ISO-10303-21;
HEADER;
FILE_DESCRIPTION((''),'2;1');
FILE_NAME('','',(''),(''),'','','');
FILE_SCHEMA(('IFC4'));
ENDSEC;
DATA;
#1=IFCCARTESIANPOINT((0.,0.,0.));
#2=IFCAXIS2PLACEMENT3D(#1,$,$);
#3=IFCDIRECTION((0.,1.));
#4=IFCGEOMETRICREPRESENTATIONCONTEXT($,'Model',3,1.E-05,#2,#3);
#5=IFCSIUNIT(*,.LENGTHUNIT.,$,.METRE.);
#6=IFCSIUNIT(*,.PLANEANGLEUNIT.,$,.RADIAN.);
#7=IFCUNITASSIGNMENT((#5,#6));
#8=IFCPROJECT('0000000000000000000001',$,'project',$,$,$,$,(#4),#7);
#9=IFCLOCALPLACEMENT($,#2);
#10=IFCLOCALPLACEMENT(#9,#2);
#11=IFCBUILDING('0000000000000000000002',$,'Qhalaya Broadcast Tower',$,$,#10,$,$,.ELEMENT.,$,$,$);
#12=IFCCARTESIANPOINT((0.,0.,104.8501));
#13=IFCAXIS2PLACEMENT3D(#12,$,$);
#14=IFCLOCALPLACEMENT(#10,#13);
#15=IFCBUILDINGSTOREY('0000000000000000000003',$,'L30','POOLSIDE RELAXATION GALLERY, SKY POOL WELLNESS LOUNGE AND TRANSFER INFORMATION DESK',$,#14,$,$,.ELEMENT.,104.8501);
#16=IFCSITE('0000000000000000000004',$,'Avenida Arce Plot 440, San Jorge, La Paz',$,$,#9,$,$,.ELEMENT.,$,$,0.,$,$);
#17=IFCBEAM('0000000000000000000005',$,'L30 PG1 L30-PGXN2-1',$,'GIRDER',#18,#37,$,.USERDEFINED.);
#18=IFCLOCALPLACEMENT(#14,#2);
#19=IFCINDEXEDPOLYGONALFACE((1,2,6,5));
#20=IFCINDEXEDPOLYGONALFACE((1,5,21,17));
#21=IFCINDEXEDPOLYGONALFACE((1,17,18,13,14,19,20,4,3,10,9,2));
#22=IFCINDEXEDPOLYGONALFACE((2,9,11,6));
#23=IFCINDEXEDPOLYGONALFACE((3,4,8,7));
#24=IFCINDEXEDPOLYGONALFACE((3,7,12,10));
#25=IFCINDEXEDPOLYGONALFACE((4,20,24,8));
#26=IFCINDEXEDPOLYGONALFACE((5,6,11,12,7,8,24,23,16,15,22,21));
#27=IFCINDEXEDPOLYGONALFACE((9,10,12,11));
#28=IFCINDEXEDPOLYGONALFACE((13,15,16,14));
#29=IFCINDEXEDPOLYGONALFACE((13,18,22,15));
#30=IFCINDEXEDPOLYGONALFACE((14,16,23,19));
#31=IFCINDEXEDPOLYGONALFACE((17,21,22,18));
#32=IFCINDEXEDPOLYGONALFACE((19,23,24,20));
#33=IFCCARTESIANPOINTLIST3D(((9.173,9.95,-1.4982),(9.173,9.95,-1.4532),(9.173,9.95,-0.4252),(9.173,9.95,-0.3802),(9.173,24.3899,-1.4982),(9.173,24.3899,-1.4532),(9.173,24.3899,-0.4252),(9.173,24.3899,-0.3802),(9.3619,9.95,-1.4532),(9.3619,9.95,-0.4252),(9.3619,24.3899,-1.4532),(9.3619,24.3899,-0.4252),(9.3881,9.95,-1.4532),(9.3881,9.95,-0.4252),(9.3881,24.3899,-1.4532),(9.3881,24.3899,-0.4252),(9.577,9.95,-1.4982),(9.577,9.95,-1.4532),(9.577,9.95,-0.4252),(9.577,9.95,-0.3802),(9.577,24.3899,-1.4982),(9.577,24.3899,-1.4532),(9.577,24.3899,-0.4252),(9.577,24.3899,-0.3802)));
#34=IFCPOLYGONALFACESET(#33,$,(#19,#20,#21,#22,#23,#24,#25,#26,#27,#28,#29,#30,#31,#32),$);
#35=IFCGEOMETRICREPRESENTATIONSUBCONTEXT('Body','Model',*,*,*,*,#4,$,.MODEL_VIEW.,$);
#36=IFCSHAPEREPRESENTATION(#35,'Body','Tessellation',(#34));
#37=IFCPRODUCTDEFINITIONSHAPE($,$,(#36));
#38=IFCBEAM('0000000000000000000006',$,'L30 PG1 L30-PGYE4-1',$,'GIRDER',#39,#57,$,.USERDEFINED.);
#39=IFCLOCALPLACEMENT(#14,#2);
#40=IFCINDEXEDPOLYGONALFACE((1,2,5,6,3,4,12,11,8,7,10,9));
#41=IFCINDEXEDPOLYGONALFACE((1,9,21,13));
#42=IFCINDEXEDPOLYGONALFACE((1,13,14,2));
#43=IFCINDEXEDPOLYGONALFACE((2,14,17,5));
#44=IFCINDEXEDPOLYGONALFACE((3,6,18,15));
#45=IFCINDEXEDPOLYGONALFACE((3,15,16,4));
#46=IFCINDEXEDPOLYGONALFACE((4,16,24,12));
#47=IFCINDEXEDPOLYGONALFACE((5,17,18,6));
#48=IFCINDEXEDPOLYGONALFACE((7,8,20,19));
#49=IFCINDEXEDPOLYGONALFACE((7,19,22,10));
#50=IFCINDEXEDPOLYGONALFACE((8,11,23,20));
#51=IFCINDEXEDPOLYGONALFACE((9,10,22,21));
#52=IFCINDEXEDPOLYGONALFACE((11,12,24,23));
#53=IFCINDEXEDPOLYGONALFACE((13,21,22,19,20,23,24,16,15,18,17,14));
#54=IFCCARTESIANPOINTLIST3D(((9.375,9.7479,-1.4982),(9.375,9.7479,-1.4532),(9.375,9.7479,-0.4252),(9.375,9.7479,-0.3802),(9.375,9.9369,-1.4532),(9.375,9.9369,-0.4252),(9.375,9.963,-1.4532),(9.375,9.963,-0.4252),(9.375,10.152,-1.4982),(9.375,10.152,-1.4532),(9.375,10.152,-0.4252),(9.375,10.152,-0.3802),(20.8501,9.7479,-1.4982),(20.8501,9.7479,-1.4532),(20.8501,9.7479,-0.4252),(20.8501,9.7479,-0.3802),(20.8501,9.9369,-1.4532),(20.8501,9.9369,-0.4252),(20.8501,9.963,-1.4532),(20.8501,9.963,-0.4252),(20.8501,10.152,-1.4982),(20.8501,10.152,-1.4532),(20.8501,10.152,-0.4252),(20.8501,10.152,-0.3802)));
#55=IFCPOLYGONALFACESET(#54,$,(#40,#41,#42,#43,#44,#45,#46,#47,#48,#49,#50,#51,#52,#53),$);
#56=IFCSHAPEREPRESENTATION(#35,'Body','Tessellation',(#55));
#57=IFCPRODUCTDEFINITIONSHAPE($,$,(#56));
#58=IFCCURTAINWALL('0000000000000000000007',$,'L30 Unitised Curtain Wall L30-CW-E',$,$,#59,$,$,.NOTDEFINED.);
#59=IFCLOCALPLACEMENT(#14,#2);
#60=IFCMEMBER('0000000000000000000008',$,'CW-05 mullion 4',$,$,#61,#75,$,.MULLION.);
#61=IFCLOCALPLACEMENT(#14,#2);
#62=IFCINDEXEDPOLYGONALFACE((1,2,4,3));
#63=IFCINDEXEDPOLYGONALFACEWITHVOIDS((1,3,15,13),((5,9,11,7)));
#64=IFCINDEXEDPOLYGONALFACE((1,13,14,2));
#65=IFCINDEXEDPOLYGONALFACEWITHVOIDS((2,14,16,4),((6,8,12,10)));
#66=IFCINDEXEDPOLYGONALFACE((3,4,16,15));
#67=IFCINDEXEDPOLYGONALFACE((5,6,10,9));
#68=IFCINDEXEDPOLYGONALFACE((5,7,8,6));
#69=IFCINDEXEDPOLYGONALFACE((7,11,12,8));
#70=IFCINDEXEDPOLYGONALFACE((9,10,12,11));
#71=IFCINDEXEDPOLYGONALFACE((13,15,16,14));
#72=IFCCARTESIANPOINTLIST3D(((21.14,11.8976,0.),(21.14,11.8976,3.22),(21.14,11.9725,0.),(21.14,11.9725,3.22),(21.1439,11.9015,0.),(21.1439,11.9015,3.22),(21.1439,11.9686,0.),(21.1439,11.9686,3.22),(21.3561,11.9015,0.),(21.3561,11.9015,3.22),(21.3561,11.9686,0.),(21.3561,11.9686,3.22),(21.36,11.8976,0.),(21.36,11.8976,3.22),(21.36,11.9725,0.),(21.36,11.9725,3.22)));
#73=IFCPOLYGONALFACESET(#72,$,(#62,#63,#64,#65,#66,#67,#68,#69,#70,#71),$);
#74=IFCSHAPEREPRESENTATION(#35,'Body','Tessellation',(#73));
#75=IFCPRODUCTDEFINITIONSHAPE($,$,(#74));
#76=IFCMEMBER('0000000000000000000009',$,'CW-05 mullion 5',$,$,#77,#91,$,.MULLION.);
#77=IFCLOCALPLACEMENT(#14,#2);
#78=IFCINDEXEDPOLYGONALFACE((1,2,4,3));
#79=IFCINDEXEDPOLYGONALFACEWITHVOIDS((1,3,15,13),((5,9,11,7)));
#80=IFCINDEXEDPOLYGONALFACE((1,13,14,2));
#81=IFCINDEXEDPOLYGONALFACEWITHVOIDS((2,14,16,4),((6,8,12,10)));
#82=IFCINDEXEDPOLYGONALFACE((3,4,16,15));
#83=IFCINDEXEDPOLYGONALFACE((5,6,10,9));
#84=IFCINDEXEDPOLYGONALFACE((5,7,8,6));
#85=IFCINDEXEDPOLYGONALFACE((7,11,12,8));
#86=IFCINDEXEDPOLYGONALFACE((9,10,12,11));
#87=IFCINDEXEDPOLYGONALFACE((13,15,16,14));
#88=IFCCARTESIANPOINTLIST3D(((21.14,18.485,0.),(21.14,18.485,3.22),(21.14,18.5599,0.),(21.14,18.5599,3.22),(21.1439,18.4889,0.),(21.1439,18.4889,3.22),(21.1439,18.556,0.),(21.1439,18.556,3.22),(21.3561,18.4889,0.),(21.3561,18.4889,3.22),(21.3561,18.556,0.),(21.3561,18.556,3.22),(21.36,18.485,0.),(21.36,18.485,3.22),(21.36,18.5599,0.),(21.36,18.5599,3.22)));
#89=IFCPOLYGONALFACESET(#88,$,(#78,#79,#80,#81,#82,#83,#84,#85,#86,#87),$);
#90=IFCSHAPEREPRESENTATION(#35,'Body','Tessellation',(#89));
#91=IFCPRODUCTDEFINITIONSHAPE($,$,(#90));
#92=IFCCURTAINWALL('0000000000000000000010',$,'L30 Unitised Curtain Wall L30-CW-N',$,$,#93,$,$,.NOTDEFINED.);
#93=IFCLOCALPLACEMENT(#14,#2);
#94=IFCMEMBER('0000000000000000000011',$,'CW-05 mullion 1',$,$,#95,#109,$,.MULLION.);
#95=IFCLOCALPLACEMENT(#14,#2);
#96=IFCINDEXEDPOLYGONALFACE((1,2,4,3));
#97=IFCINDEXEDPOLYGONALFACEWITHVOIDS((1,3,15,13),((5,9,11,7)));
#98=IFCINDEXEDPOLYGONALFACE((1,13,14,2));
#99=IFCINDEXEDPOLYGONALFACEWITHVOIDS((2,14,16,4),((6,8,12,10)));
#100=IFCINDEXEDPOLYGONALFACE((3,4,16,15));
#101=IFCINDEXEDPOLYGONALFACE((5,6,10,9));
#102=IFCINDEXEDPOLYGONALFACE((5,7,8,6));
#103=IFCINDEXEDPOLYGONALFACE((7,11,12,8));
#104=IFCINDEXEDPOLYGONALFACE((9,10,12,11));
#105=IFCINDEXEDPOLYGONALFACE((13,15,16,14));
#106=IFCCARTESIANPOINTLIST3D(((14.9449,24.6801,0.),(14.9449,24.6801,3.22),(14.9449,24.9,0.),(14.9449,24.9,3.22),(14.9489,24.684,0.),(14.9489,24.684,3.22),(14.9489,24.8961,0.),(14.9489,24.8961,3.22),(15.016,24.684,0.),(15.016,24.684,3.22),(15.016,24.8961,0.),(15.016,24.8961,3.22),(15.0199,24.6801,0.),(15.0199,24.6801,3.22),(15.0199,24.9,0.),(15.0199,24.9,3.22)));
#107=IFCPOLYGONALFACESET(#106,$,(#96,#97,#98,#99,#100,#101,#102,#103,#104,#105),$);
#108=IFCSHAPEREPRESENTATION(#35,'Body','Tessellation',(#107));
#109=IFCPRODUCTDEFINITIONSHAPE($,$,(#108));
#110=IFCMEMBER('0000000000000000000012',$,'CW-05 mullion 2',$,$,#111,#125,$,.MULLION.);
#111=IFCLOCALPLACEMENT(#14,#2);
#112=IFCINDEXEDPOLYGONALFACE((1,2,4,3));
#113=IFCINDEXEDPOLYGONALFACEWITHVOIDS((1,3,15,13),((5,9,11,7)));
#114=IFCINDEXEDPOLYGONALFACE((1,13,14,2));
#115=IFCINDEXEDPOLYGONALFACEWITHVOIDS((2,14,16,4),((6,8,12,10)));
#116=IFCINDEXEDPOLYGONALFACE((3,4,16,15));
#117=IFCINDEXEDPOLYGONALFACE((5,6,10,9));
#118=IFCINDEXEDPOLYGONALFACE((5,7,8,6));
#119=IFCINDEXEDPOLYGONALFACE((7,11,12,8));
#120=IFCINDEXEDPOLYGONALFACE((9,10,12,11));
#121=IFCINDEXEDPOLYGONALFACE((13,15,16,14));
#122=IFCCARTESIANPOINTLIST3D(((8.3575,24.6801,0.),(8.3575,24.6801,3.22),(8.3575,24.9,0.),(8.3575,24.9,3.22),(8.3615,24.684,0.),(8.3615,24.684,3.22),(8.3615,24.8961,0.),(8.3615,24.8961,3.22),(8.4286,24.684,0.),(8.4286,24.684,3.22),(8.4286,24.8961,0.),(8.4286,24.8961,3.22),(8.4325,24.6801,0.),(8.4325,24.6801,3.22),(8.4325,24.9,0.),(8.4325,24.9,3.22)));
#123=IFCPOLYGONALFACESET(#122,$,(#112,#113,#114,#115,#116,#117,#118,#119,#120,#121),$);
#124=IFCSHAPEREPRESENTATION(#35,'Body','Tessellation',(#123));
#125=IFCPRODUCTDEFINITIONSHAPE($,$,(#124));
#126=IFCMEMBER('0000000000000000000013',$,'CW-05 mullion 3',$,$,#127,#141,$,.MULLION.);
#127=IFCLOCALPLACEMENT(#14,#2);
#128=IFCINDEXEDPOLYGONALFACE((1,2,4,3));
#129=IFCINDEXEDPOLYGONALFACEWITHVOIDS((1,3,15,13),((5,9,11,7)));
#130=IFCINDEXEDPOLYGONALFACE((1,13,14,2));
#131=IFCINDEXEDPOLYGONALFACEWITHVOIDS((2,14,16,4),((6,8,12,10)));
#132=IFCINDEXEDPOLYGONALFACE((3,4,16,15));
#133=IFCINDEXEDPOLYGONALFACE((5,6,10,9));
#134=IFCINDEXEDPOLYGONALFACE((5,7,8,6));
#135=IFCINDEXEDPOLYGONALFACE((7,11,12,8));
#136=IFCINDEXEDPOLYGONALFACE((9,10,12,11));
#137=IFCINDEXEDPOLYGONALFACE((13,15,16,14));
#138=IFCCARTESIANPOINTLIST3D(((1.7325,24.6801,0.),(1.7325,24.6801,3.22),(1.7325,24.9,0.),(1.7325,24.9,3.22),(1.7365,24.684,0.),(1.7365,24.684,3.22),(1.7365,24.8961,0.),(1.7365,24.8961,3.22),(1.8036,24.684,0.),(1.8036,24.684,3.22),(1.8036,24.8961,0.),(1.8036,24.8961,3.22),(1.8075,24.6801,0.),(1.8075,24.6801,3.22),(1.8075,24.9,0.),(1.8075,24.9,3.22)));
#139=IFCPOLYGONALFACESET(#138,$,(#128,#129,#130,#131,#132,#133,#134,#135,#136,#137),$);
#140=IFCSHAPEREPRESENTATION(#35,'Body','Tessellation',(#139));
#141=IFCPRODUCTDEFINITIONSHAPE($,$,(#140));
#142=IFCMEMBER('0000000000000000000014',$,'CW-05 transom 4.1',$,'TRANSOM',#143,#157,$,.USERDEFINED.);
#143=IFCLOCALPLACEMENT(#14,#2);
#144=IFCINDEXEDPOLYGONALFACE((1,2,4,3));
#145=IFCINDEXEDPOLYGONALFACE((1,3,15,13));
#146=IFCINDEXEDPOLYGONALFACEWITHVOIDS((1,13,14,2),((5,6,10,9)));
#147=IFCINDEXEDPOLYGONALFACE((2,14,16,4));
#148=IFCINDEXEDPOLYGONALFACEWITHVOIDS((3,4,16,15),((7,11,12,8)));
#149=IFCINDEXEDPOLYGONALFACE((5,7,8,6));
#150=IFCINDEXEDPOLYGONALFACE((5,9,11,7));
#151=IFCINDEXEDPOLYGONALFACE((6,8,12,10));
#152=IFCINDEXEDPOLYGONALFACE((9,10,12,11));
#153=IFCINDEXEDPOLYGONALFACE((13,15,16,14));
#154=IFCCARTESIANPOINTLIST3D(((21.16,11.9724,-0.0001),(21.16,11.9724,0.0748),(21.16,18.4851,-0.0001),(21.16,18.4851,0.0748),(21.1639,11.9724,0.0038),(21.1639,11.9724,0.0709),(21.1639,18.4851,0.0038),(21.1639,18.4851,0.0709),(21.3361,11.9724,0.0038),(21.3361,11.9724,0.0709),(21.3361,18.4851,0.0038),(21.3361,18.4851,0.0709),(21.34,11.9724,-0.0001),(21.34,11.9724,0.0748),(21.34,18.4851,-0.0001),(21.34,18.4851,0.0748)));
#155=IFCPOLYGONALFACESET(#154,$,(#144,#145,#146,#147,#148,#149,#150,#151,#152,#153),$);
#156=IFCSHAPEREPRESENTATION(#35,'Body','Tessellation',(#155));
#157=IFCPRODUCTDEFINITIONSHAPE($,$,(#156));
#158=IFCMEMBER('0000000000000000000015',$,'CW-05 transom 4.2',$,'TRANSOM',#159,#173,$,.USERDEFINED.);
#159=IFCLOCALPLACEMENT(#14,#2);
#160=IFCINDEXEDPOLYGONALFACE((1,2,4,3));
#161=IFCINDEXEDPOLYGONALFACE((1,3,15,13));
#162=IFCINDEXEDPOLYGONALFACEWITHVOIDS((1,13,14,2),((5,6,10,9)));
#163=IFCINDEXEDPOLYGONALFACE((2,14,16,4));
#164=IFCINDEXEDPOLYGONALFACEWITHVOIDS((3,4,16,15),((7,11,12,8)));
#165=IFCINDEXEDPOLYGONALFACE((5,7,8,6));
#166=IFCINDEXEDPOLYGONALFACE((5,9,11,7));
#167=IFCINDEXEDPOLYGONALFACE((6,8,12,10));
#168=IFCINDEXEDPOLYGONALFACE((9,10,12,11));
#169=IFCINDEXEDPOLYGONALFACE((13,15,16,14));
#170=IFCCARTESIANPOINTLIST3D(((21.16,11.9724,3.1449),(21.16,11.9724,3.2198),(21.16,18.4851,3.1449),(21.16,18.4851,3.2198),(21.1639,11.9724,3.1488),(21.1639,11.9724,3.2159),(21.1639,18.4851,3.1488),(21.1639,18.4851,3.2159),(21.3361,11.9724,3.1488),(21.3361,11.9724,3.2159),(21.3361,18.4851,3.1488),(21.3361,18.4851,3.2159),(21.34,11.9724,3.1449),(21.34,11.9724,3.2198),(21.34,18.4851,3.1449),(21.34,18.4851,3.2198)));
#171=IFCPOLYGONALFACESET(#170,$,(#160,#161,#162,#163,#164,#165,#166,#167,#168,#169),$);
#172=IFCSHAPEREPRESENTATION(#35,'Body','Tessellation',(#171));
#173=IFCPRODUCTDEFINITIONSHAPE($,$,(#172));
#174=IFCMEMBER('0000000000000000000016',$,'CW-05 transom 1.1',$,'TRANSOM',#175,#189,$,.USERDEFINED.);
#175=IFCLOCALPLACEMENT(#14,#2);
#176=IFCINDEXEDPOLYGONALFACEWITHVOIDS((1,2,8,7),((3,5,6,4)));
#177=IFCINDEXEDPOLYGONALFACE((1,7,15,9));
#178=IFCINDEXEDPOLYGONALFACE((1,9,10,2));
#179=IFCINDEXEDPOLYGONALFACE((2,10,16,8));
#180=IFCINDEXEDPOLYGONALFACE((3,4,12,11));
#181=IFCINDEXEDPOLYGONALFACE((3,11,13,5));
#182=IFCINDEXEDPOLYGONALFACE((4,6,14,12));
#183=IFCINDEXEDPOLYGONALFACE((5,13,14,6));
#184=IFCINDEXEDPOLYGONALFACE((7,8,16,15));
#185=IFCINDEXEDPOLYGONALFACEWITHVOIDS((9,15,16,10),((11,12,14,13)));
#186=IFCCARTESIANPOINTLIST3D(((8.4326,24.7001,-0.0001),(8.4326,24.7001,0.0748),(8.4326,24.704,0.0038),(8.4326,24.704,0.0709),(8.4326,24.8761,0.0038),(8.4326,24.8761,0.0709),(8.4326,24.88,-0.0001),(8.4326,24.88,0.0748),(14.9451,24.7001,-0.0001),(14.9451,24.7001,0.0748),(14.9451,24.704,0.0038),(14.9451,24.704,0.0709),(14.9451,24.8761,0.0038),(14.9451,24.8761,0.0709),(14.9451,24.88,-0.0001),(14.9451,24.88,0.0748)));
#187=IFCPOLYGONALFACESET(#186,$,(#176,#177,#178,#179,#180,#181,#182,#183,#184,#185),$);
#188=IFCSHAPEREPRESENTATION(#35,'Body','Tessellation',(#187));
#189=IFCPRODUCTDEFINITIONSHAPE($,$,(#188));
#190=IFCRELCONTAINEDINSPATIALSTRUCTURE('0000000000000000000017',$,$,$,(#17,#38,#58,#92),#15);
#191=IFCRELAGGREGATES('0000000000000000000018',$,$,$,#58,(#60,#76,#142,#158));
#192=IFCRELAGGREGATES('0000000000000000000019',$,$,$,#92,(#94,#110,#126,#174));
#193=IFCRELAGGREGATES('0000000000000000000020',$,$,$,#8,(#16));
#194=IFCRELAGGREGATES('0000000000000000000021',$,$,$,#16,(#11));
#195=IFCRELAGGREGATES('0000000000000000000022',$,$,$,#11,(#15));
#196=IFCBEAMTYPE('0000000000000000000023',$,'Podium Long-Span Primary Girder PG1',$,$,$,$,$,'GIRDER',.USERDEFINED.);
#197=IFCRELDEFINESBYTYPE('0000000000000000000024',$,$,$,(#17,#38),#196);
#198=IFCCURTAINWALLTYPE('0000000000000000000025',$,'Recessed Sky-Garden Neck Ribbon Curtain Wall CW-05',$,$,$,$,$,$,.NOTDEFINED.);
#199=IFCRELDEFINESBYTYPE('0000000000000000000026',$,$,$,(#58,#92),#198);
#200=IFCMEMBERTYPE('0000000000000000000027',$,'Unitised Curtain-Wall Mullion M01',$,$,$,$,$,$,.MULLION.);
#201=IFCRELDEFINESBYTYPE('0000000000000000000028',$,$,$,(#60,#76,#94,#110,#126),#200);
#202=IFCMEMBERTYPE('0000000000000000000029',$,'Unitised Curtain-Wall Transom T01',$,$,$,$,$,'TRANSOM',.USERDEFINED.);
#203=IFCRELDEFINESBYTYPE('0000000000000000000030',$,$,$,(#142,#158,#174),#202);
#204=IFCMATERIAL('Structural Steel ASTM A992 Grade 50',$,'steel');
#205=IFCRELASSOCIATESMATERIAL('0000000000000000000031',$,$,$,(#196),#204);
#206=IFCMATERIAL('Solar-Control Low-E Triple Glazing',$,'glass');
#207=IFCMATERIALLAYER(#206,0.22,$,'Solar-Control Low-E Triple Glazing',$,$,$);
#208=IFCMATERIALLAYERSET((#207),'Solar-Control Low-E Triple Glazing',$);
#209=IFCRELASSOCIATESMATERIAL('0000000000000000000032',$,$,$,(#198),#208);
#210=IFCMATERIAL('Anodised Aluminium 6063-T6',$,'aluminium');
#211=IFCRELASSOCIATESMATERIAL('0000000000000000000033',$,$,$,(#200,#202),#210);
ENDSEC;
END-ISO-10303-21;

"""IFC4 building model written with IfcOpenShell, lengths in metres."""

from ifc_helpers import new_model, si_unit, direction, frame, origin, origin_2d, place, context, subcontext, project, spatial, hollow_rectangle, i_section, extrude, material, layer, layer_set, material_profile, profile_set, type_object, element, aggregate, save


model = new_model("IFC4")

# Units and contexts
model_context = context("Model", 3, precision=1e-05, world=origin(), true_north=direction((0.0, 1.0)))
body_context = subcontext(model_context, "Body", "Model", "MODEL_VIEW")
ifc_project = project(units=[si_unit("LENGTHUNIT", "METRE"), si_unit("PLANEANGLEUNIT", "RADIAN")], contexts=[model_context])

# Site, building, storey
site_placement = place(None, origin())
site = spatial("IfcSite", under=ifc_project, at=site_placement, Name="Avenida Arce Plot 440, San Jorge, La Paz", CompositionType="ELEMENT", RefElevation=0.0)
building_placement = place(site_placement, origin())
building = spatial("IfcBuilding", under=site, at=building_placement, Name="Qhalaya Broadcast Tower", CompositionType="ELEMENT")
storey_placement = place(building_placement, frame((0.0, 0.0, 104.8501)))
storey = spatial("IfcBuildingStorey", under=building, at=storey_placement, Name="L30", Description="POOLSIDE RELAXATION GALLERY, SKY POOL WELLNESS LOUNGE AND TRANSFER INFORMATION DESK", CompositionType="ELEMENT", Elevation=104.8501)

# Beams
ifc_material_1 = material(Name="Structural Steel ASTM A992 Grade 50", Category="steel")
ifc_material_profile_1 = material_profile(ifc_material_1, i_section(OverallWidth=0.4041, OverallDepth=1.1179, WebThickness=0.0261, FlangeThickness=0.0449, at=origin_2d()), Name="W44X335")
ifc_profile_set_1 = profile_set([ifc_material_profile_1], Name="Structural Steel ASTM A992 Grade 50")
beam_type_1 = type_object("IfcBeamType", Name="Podium Long-Span Primary Girder PG1", ElementType="GIRDER", PredefinedType="USERDEFINED", material=ifc_profile_set_1)
beam_1_placement = place(storey_placement, frame((9.375, 9.95, -0.9392), z_axis=(0.0, 1.0, 0.0), x_axis=(-1.0, 0.0, 0.0)))
element("IfcBeam", 1, at=beam_1_placement, inside=storey, type_object=beam_type_1, Name="L30 PG1 L30-PGXN2-1", ObjectType="GIRDER", PredefinedType="USERDEFINED", context=body_context, shape_type="SweptSolid", body=[
    extrude(i_section(OverallWidth=0.4041, OverallDepth=1.1179, WebThickness=0.0261, FlangeThickness=0.0449, at=origin_2d()), origin(), (0.0, 0.0, 1.0), 14.4399),
])
beam_2_placement = place(storey_placement, frame((9.375, 9.95, -0.9392), z_axis=(1.0, 0.0, 0.0), x_axis=(0.0, 1.0, 0.0)))
element("IfcBeam", 2, at=beam_2_placement, inside=storey, type_object=beam_type_1, Name="L30 PG1 L30-PGYE4-1", ObjectType="GIRDER", PredefinedType="USERDEFINED", context=body_context, shape_type="SweptSolid", body=[
    extrude(i_section(OverallWidth=0.4041, OverallDepth=1.1179, WebThickness=0.0261, FlangeThickness=0.0449, at=origin_2d()), origin(), (0.0, 0.0, 1.0), 11.4751),
])

# Curtain walls, members
ifc_material_2 = material(Name="Solar-Control Low-E Triple Glazing", Category="glass")
ifc_layer_1 = layer(ifc_material_2, 0.22, Name="Solar-Control Low-E Triple Glazing")
ifc_layer_set_1 = layer_set([ifc_layer_1], Name="Solar-Control Low-E Triple Glazing")
curtain_wall_type = type_object("IfcCurtainWallType", Name="Recessed Sky-Garden Neck Ribbon Curtain Wall CW-05", PredefinedType="NOTDEFINED", material=ifc_layer_set_1)
curtain_wall_1_placement = place(storey_placement, origin())
curtain_wall_1 = element("IfcCurtainWall", 3, at=curtain_wall_1_placement, inside=storey, type_object=curtain_wall_type, Name="L30 Unitised Curtain Wall L30-CW-E", PredefinedType="NOTDEFINED")
ifc_material_3 = material(Name="Anodised Aluminium 6063-T6", Category="aluminium")
ifc_material_profile_2 = material_profile(ifc_material_3, hollow_rectangle(XDim=0.075, YDim=0.22, WallThickness=0.0039, at=origin_2d()), Name="ALU-MUL 75x220x4")
ifc_profile_set_2 = profile_set([ifc_material_profile_2], Name="Anodised Aluminium 6063-T6")
member_type_1 = type_object("IfcMemberType", Name="Unitised Curtain-Wall Mullion M01", PredefinedType="MULLION", material=ifc_profile_set_2)
member_1_placement = place(storey_placement, frame((21.25, 11.9351, 0.0), z_axis=(0.0, 0.0, 1.0), x_axis=(0.0, 1.0, 0.0)))
member_1 = element("IfcMember", 4, at=member_1_placement, type_object=member_type_1, Name="CW-05 mullion 4", PredefinedType="MULLION", context=body_context, shape_type="SweptSolid", body=[
    extrude(hollow_rectangle(XDim=0.075, YDim=0.22, WallThickness=0.0039, at=origin_2d()), origin(), (0.0, 0.0, 1.0), 3.22),
])
member_2_placement = place(storey_placement, frame((21.25, 18.5225, 0.0), z_axis=(0.0, 0.0, 1.0), x_axis=(0.0, 1.0, 0.0)))
member_2 = element("IfcMember", 5, at=member_2_placement, type_object=member_type_1, Name="CW-05 mullion 5", PredefinedType="MULLION", context=body_context, shape_type="SweptSolid", body=[
    extrude(hollow_rectangle(XDim=0.075, YDim=0.22, WallThickness=0.0039, at=origin_2d()), origin(), (0.0, 0.0, 1.0), 3.22),
])
curtain_wall_2_placement = place(storey_placement, origin())
curtain_wall_2 = element("IfcCurtainWall", 6, at=curtain_wall_2_placement, inside=storey, type_object=curtain_wall_type, Name="L30 Unitised Curtain Wall L30-CW-N", PredefinedType="NOTDEFINED")
member_3_placement = place(storey_placement, frame((14.9824, 24.79, 0.0), z_axis=(0.0, 0.0, 1.0), x_axis=(-1.0, 0.0, 0.0)))
member_3 = element("IfcMember", 7, at=member_3_placement, type_object=member_type_1, Name="CW-05 mullion 1", PredefinedType="MULLION", context=body_context, shape_type="SweptSolid", body=[
    extrude(hollow_rectangle(XDim=0.075, YDim=0.22, WallThickness=0.0039, at=origin_2d()), origin(), (0.0, 0.0, 1.0), 3.22),
])
member_4_placement = place(storey_placement, frame((8.395, 24.79, 0.0), z_axis=(0.0, 0.0, 1.0), x_axis=(-1.0, 0.0, 0.0)))
member_4 = element("IfcMember", 8, at=member_4_placement, type_object=member_type_1, Name="CW-05 mullion 2", PredefinedType="MULLION", context=body_context, shape_type="SweptSolid", body=[
    extrude(hollow_rectangle(XDim=0.075, YDim=0.22, WallThickness=0.0039, at=origin_2d()), origin(), (0.0, 0.0, 1.0), 3.22),
])
member_5_placement = place(storey_placement, frame((1.77, 24.79, 0.0), z_axis=(0.0, 0.0, 1.0), x_axis=(-1.0, 0.0, 0.0)))
member_5 = element("IfcMember", 9, at=member_5_placement, type_object=member_type_1, Name="CW-05 mullion 3", PredefinedType="MULLION", context=body_context, shape_type="SweptSolid", body=[
    extrude(hollow_rectangle(XDim=0.075, YDim=0.22, WallThickness=0.0039, at=origin_2d()), origin(), (0.0, 0.0, 1.0), 3.22),
])

# Members
ifc_material_profile_3 = material_profile(ifc_material_3, hollow_rectangle(XDim=0.075, YDim=0.1799, WallThickness=0.0039, at=origin_2d()), Name="ALU-TRN 75x180x4")
ifc_profile_set_3 = profile_set([ifc_material_profile_3], Name="Anodised Aluminium 6063-T6")
member_type_2 = type_object("IfcMemberType", Name="Unitised Curtain-Wall Transom T01", ElementType="TRANSOM", PredefinedType="USERDEFINED", material=ifc_profile_set_3)
member_6_placement = place(storey_placement, frame((21.25, 11.9724, 0.0374), z_axis=(0.0, 1.0, 0.0), x_axis=(0.0, 0.0, 1.0)))
member_6 = element("IfcMember", 10, at=member_6_placement, type_object=member_type_2, Name="CW-05 transom 4.1", ObjectType="TRANSOM", PredefinedType="USERDEFINED", context=body_context, shape_type="SweptSolid", body=[
    extrude(hollow_rectangle(XDim=0.075, YDim=0.1799, WallThickness=0.0039, at=origin_2d()), origin(), (0.0, 0.0, 1.0), 6.5127),
])
member_7_placement = place(storey_placement, frame((21.25, 11.9724, 3.1824), z_axis=(0.0, 1.0, 0.0), x_axis=(0.0, 0.0, 1.0)))
member_7 = element("IfcMember", 11, at=member_7_placement, type_object=member_type_2, Name="CW-05 transom 4.2", ObjectType="TRANSOM", PredefinedType="USERDEFINED", context=body_context, shape_type="SweptSolid", body=[
    extrude(hollow_rectangle(XDim=0.075, YDim=0.1799, WallThickness=0.0039, at=origin_2d()), origin(), (0.0, 0.0, 1.0), 6.5127),
])
member_8_placement = place(storey_placement, frame((14.9451, 24.79, 0.0374), z_axis=(-1.0, 0.0, 0.0), x_axis=(0.0, 0.0, 1.0)))
member_8 = element("IfcMember", 12, at=member_8_placement, type_object=member_type_2, Name="CW-05 transom 1.1", ObjectType="TRANSOM", PredefinedType="USERDEFINED", context=body_context, shape_type="SweptSolid", body=[
    extrude(hollow_rectangle(XDim=0.075, YDim=0.1799, WallThickness=0.0039, at=origin_2d()), origin(), (0.0, 0.0, 1.0), 6.5125),
])

aggregate(curtain_wall_1, [member_1, member_2, member_6, member_7])
aggregate(curtain_wall_2, [member_3, member_4, member_5, member_8])

save(model, "model.ifc")
